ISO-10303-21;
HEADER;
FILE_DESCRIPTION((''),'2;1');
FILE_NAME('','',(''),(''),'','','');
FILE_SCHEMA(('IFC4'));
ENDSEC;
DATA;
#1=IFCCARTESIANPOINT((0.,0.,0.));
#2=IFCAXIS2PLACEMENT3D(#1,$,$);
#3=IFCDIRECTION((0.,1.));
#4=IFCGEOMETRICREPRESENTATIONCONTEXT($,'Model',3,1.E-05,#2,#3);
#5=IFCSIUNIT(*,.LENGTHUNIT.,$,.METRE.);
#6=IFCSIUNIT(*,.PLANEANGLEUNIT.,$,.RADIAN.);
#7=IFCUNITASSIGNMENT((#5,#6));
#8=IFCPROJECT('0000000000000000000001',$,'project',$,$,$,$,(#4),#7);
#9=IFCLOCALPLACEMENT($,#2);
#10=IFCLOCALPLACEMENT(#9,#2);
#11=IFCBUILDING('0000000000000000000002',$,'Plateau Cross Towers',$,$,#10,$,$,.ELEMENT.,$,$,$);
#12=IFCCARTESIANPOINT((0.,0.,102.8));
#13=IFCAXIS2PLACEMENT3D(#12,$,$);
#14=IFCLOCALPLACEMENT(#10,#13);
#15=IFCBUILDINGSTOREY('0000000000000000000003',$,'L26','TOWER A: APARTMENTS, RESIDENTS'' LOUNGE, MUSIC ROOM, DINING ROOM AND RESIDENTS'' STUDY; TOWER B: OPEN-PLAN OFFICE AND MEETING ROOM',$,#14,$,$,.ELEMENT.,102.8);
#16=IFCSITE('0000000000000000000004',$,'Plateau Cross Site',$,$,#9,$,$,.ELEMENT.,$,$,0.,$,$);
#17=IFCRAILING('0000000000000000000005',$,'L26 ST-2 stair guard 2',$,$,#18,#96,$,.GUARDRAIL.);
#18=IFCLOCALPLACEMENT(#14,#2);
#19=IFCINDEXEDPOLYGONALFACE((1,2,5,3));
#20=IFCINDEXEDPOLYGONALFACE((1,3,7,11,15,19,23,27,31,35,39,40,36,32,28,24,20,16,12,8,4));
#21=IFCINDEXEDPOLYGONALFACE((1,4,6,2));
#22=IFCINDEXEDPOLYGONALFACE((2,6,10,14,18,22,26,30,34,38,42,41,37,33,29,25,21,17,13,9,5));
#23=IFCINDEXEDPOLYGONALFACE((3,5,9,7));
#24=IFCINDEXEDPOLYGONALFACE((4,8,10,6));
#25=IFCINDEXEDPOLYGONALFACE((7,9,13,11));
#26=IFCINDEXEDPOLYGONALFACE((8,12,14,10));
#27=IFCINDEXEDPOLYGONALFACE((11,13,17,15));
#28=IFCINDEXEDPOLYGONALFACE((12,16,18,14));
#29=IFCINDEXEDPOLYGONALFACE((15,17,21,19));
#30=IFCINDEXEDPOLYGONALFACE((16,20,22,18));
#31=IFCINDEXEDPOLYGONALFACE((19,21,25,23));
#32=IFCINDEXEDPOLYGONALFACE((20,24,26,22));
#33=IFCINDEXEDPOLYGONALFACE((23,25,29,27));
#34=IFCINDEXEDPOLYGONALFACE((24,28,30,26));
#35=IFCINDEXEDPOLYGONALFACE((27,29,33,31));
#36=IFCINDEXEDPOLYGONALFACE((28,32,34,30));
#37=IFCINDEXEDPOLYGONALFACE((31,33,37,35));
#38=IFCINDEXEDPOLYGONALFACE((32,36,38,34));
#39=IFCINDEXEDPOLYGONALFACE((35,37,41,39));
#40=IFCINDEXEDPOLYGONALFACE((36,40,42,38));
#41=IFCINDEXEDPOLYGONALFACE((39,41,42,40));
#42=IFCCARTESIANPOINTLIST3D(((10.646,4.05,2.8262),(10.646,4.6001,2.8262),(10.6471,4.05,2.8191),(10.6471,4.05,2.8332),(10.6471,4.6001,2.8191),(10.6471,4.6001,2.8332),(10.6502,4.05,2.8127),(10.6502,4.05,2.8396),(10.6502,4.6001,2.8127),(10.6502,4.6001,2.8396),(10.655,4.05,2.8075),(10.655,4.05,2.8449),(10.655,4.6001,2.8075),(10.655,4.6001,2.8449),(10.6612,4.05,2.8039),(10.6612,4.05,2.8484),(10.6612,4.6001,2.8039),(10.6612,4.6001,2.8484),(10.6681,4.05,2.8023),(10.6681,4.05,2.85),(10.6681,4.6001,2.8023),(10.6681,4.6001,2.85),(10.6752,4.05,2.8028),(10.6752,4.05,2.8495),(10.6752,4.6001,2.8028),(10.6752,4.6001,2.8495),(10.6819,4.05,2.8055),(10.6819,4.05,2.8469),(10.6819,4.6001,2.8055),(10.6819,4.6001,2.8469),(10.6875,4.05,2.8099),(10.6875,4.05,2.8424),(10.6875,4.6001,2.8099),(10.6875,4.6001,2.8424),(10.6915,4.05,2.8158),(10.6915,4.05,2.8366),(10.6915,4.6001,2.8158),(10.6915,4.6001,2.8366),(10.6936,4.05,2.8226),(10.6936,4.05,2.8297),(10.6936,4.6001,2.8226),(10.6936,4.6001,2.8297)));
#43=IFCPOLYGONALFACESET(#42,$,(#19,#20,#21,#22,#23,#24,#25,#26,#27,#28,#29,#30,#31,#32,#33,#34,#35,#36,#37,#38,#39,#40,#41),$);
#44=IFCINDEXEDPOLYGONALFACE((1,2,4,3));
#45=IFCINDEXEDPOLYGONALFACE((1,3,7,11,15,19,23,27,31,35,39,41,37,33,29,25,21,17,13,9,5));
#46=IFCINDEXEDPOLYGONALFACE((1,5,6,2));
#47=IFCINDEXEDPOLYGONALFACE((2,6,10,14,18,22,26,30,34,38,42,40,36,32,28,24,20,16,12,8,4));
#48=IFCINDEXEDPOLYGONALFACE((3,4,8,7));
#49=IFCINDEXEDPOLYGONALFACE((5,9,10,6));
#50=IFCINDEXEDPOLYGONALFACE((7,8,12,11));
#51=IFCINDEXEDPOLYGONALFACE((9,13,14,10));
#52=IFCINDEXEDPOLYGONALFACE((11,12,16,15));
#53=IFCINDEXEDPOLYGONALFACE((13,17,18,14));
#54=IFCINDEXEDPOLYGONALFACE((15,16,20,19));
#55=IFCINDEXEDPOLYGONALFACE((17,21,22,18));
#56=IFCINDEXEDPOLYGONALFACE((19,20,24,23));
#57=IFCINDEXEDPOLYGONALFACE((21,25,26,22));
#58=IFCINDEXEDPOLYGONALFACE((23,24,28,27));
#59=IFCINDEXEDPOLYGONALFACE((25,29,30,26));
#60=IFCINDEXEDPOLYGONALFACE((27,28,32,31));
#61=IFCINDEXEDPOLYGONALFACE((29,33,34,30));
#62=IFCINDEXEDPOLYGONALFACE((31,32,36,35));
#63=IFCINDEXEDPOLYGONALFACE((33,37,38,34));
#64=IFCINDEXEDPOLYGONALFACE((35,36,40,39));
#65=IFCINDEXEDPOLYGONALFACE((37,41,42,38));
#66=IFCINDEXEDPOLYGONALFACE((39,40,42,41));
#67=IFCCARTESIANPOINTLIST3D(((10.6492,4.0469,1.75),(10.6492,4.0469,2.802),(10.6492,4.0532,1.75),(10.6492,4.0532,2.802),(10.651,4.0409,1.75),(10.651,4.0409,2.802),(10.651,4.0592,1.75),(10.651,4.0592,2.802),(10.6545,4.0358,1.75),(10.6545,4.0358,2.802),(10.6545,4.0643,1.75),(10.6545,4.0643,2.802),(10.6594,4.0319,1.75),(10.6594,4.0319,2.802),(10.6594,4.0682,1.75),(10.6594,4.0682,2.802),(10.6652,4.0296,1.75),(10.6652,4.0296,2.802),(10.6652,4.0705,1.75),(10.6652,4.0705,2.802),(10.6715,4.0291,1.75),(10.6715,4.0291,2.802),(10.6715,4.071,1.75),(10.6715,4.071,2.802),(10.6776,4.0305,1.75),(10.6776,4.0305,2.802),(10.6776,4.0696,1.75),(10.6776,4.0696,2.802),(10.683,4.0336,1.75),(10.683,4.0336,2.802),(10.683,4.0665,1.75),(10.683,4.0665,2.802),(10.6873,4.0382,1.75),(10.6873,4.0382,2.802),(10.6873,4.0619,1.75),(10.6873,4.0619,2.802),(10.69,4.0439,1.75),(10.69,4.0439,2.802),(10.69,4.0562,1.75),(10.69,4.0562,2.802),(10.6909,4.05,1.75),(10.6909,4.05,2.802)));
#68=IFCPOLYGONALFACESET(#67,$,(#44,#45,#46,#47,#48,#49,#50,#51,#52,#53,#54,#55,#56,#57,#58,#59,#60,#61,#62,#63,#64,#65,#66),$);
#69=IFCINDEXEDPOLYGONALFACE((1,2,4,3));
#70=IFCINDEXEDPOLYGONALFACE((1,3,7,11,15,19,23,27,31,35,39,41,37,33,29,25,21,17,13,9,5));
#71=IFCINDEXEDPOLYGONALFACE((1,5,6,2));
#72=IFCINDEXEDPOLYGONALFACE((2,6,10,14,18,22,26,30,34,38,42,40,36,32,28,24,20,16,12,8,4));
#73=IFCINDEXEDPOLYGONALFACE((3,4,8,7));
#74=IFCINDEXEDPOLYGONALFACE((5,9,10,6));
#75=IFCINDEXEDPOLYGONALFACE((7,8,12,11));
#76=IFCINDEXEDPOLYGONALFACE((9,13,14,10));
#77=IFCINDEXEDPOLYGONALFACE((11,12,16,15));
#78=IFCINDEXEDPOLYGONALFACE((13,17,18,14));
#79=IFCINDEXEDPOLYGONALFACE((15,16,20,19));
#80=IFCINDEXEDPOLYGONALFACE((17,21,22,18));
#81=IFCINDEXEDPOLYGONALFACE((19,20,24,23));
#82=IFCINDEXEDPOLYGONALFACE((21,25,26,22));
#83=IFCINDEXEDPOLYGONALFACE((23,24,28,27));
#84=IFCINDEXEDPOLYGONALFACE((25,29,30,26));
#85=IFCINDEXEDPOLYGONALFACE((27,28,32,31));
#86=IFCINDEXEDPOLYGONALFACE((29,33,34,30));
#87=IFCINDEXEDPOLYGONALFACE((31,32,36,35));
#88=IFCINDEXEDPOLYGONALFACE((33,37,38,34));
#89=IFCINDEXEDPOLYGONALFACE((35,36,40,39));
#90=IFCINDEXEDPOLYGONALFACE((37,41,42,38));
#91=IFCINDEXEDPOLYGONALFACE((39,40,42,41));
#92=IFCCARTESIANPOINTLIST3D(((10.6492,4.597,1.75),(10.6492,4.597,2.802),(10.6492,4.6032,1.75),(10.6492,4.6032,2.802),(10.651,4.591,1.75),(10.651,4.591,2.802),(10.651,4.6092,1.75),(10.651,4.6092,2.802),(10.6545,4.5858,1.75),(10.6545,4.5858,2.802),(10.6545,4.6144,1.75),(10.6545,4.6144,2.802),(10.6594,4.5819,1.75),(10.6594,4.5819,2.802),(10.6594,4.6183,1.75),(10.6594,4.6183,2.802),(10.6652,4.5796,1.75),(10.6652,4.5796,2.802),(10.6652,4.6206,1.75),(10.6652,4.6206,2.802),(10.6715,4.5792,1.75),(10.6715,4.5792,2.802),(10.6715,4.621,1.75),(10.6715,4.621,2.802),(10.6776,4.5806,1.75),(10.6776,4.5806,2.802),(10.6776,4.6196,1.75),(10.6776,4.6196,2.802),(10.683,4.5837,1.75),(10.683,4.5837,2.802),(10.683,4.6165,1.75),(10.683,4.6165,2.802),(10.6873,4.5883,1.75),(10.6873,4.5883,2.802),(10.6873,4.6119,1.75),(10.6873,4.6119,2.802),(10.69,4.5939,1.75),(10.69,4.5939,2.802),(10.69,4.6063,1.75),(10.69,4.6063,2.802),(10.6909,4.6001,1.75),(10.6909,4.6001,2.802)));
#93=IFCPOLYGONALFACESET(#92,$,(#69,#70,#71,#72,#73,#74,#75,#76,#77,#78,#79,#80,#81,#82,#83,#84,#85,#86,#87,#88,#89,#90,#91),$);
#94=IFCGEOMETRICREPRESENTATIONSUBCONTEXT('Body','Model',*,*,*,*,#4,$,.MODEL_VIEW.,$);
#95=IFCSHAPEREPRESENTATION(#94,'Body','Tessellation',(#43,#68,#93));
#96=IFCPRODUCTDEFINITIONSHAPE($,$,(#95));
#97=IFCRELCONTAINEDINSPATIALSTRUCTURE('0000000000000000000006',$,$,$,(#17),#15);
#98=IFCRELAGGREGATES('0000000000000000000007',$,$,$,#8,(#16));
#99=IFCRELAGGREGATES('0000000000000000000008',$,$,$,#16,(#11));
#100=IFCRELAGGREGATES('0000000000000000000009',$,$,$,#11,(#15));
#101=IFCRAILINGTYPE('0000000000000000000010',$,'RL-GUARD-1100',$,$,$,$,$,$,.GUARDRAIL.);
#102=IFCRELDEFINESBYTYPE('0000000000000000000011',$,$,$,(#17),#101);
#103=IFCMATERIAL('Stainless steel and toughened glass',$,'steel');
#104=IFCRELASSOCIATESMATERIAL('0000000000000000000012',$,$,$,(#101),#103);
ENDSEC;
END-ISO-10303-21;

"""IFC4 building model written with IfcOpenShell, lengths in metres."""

from ifc_helpers import new_model, si_unit, direction, frame, origin, origin_2d, place, context, subcontext, project, spatial, circle, extrude, material, type_object, element, save


model = new_model("IFC4")

# Units and contexts
model_context = context("Model", 3, precision=1e-05, world=origin(), true_north=direction((0.0, 1.0)))
body_context = subcontext(model_context, "Body", "Model", "MODEL_VIEW")
ifc_project = project(units=[si_unit("LENGTHUNIT", "METRE"), si_unit("PLANEANGLEUNIT", "RADIAN")], contexts=[model_context])

# Site, building, storey
site_placement = place(None, origin())
site = spatial("IfcSite", under=ifc_project, at=site_placement, Name="Plateau Cross Site", CompositionType="ELEMENT", RefElevation=0.0)
building_placement = place(site_placement, origin())
building = spatial("IfcBuilding", under=site, at=building_placement, Name="Plateau Cross Towers", CompositionType="ELEMENT")
storey_placement = place(building_placement, frame((0.0, 0.0, 102.8)))
storey = spatial("IfcBuildingStorey", under=building, at=storey_placement, Name="L26", Description="TOWER A: APARTMENTS, RESIDENTS' LOUNGE, MUSIC ROOM, DINING ROOM AND RESIDENTS' STUDY; TOWER B: OPEN-PLAN OFFICE AND MEETING ROOM", CompositionType="ELEMENT", Elevation=102.8)

# Railing
ifc_material_1 = material(Name="Stainless steel and toughened glass", Category="steel")
railing_type_1 = type_object("IfcRailingType", Name="RL-GUARD-1100", PredefinedType="GUARDRAIL", material=ifc_material_1)
railing_1_placement = place(storey_placement, frame((10.6699, 4.05, 1.75)))
element("IfcRailing", 1, at=railing_1_placement, inside=storey, type_object=railing_type_1, Name="L26 ST-2 stair guard 2", PredefinedType="GUARDRAIL", context=body_context, shape_type="SweptSolid", body=[
    extrude(circle(Radius=0.0239, at=origin_2d()), frame((0.0, 0.0, 1.0762), z_axis=(0.0, 1.0, 0.0), x_axis=(-1.0, 0.0, 0.0)), (0.0, 0.0, 1.0), 0.55),
    extrude(circle(Radius=0.021, at=origin_2d()), origin(), (0.0, 0.0, 1.0), 1.052),
    extrude(circle(Radius=0.021, at=origin_2d()), frame((0.0, 0.55, 0.0)), (0.0, 0.0, 1.0), 1.052),
])

save(model, "model.ifc")
